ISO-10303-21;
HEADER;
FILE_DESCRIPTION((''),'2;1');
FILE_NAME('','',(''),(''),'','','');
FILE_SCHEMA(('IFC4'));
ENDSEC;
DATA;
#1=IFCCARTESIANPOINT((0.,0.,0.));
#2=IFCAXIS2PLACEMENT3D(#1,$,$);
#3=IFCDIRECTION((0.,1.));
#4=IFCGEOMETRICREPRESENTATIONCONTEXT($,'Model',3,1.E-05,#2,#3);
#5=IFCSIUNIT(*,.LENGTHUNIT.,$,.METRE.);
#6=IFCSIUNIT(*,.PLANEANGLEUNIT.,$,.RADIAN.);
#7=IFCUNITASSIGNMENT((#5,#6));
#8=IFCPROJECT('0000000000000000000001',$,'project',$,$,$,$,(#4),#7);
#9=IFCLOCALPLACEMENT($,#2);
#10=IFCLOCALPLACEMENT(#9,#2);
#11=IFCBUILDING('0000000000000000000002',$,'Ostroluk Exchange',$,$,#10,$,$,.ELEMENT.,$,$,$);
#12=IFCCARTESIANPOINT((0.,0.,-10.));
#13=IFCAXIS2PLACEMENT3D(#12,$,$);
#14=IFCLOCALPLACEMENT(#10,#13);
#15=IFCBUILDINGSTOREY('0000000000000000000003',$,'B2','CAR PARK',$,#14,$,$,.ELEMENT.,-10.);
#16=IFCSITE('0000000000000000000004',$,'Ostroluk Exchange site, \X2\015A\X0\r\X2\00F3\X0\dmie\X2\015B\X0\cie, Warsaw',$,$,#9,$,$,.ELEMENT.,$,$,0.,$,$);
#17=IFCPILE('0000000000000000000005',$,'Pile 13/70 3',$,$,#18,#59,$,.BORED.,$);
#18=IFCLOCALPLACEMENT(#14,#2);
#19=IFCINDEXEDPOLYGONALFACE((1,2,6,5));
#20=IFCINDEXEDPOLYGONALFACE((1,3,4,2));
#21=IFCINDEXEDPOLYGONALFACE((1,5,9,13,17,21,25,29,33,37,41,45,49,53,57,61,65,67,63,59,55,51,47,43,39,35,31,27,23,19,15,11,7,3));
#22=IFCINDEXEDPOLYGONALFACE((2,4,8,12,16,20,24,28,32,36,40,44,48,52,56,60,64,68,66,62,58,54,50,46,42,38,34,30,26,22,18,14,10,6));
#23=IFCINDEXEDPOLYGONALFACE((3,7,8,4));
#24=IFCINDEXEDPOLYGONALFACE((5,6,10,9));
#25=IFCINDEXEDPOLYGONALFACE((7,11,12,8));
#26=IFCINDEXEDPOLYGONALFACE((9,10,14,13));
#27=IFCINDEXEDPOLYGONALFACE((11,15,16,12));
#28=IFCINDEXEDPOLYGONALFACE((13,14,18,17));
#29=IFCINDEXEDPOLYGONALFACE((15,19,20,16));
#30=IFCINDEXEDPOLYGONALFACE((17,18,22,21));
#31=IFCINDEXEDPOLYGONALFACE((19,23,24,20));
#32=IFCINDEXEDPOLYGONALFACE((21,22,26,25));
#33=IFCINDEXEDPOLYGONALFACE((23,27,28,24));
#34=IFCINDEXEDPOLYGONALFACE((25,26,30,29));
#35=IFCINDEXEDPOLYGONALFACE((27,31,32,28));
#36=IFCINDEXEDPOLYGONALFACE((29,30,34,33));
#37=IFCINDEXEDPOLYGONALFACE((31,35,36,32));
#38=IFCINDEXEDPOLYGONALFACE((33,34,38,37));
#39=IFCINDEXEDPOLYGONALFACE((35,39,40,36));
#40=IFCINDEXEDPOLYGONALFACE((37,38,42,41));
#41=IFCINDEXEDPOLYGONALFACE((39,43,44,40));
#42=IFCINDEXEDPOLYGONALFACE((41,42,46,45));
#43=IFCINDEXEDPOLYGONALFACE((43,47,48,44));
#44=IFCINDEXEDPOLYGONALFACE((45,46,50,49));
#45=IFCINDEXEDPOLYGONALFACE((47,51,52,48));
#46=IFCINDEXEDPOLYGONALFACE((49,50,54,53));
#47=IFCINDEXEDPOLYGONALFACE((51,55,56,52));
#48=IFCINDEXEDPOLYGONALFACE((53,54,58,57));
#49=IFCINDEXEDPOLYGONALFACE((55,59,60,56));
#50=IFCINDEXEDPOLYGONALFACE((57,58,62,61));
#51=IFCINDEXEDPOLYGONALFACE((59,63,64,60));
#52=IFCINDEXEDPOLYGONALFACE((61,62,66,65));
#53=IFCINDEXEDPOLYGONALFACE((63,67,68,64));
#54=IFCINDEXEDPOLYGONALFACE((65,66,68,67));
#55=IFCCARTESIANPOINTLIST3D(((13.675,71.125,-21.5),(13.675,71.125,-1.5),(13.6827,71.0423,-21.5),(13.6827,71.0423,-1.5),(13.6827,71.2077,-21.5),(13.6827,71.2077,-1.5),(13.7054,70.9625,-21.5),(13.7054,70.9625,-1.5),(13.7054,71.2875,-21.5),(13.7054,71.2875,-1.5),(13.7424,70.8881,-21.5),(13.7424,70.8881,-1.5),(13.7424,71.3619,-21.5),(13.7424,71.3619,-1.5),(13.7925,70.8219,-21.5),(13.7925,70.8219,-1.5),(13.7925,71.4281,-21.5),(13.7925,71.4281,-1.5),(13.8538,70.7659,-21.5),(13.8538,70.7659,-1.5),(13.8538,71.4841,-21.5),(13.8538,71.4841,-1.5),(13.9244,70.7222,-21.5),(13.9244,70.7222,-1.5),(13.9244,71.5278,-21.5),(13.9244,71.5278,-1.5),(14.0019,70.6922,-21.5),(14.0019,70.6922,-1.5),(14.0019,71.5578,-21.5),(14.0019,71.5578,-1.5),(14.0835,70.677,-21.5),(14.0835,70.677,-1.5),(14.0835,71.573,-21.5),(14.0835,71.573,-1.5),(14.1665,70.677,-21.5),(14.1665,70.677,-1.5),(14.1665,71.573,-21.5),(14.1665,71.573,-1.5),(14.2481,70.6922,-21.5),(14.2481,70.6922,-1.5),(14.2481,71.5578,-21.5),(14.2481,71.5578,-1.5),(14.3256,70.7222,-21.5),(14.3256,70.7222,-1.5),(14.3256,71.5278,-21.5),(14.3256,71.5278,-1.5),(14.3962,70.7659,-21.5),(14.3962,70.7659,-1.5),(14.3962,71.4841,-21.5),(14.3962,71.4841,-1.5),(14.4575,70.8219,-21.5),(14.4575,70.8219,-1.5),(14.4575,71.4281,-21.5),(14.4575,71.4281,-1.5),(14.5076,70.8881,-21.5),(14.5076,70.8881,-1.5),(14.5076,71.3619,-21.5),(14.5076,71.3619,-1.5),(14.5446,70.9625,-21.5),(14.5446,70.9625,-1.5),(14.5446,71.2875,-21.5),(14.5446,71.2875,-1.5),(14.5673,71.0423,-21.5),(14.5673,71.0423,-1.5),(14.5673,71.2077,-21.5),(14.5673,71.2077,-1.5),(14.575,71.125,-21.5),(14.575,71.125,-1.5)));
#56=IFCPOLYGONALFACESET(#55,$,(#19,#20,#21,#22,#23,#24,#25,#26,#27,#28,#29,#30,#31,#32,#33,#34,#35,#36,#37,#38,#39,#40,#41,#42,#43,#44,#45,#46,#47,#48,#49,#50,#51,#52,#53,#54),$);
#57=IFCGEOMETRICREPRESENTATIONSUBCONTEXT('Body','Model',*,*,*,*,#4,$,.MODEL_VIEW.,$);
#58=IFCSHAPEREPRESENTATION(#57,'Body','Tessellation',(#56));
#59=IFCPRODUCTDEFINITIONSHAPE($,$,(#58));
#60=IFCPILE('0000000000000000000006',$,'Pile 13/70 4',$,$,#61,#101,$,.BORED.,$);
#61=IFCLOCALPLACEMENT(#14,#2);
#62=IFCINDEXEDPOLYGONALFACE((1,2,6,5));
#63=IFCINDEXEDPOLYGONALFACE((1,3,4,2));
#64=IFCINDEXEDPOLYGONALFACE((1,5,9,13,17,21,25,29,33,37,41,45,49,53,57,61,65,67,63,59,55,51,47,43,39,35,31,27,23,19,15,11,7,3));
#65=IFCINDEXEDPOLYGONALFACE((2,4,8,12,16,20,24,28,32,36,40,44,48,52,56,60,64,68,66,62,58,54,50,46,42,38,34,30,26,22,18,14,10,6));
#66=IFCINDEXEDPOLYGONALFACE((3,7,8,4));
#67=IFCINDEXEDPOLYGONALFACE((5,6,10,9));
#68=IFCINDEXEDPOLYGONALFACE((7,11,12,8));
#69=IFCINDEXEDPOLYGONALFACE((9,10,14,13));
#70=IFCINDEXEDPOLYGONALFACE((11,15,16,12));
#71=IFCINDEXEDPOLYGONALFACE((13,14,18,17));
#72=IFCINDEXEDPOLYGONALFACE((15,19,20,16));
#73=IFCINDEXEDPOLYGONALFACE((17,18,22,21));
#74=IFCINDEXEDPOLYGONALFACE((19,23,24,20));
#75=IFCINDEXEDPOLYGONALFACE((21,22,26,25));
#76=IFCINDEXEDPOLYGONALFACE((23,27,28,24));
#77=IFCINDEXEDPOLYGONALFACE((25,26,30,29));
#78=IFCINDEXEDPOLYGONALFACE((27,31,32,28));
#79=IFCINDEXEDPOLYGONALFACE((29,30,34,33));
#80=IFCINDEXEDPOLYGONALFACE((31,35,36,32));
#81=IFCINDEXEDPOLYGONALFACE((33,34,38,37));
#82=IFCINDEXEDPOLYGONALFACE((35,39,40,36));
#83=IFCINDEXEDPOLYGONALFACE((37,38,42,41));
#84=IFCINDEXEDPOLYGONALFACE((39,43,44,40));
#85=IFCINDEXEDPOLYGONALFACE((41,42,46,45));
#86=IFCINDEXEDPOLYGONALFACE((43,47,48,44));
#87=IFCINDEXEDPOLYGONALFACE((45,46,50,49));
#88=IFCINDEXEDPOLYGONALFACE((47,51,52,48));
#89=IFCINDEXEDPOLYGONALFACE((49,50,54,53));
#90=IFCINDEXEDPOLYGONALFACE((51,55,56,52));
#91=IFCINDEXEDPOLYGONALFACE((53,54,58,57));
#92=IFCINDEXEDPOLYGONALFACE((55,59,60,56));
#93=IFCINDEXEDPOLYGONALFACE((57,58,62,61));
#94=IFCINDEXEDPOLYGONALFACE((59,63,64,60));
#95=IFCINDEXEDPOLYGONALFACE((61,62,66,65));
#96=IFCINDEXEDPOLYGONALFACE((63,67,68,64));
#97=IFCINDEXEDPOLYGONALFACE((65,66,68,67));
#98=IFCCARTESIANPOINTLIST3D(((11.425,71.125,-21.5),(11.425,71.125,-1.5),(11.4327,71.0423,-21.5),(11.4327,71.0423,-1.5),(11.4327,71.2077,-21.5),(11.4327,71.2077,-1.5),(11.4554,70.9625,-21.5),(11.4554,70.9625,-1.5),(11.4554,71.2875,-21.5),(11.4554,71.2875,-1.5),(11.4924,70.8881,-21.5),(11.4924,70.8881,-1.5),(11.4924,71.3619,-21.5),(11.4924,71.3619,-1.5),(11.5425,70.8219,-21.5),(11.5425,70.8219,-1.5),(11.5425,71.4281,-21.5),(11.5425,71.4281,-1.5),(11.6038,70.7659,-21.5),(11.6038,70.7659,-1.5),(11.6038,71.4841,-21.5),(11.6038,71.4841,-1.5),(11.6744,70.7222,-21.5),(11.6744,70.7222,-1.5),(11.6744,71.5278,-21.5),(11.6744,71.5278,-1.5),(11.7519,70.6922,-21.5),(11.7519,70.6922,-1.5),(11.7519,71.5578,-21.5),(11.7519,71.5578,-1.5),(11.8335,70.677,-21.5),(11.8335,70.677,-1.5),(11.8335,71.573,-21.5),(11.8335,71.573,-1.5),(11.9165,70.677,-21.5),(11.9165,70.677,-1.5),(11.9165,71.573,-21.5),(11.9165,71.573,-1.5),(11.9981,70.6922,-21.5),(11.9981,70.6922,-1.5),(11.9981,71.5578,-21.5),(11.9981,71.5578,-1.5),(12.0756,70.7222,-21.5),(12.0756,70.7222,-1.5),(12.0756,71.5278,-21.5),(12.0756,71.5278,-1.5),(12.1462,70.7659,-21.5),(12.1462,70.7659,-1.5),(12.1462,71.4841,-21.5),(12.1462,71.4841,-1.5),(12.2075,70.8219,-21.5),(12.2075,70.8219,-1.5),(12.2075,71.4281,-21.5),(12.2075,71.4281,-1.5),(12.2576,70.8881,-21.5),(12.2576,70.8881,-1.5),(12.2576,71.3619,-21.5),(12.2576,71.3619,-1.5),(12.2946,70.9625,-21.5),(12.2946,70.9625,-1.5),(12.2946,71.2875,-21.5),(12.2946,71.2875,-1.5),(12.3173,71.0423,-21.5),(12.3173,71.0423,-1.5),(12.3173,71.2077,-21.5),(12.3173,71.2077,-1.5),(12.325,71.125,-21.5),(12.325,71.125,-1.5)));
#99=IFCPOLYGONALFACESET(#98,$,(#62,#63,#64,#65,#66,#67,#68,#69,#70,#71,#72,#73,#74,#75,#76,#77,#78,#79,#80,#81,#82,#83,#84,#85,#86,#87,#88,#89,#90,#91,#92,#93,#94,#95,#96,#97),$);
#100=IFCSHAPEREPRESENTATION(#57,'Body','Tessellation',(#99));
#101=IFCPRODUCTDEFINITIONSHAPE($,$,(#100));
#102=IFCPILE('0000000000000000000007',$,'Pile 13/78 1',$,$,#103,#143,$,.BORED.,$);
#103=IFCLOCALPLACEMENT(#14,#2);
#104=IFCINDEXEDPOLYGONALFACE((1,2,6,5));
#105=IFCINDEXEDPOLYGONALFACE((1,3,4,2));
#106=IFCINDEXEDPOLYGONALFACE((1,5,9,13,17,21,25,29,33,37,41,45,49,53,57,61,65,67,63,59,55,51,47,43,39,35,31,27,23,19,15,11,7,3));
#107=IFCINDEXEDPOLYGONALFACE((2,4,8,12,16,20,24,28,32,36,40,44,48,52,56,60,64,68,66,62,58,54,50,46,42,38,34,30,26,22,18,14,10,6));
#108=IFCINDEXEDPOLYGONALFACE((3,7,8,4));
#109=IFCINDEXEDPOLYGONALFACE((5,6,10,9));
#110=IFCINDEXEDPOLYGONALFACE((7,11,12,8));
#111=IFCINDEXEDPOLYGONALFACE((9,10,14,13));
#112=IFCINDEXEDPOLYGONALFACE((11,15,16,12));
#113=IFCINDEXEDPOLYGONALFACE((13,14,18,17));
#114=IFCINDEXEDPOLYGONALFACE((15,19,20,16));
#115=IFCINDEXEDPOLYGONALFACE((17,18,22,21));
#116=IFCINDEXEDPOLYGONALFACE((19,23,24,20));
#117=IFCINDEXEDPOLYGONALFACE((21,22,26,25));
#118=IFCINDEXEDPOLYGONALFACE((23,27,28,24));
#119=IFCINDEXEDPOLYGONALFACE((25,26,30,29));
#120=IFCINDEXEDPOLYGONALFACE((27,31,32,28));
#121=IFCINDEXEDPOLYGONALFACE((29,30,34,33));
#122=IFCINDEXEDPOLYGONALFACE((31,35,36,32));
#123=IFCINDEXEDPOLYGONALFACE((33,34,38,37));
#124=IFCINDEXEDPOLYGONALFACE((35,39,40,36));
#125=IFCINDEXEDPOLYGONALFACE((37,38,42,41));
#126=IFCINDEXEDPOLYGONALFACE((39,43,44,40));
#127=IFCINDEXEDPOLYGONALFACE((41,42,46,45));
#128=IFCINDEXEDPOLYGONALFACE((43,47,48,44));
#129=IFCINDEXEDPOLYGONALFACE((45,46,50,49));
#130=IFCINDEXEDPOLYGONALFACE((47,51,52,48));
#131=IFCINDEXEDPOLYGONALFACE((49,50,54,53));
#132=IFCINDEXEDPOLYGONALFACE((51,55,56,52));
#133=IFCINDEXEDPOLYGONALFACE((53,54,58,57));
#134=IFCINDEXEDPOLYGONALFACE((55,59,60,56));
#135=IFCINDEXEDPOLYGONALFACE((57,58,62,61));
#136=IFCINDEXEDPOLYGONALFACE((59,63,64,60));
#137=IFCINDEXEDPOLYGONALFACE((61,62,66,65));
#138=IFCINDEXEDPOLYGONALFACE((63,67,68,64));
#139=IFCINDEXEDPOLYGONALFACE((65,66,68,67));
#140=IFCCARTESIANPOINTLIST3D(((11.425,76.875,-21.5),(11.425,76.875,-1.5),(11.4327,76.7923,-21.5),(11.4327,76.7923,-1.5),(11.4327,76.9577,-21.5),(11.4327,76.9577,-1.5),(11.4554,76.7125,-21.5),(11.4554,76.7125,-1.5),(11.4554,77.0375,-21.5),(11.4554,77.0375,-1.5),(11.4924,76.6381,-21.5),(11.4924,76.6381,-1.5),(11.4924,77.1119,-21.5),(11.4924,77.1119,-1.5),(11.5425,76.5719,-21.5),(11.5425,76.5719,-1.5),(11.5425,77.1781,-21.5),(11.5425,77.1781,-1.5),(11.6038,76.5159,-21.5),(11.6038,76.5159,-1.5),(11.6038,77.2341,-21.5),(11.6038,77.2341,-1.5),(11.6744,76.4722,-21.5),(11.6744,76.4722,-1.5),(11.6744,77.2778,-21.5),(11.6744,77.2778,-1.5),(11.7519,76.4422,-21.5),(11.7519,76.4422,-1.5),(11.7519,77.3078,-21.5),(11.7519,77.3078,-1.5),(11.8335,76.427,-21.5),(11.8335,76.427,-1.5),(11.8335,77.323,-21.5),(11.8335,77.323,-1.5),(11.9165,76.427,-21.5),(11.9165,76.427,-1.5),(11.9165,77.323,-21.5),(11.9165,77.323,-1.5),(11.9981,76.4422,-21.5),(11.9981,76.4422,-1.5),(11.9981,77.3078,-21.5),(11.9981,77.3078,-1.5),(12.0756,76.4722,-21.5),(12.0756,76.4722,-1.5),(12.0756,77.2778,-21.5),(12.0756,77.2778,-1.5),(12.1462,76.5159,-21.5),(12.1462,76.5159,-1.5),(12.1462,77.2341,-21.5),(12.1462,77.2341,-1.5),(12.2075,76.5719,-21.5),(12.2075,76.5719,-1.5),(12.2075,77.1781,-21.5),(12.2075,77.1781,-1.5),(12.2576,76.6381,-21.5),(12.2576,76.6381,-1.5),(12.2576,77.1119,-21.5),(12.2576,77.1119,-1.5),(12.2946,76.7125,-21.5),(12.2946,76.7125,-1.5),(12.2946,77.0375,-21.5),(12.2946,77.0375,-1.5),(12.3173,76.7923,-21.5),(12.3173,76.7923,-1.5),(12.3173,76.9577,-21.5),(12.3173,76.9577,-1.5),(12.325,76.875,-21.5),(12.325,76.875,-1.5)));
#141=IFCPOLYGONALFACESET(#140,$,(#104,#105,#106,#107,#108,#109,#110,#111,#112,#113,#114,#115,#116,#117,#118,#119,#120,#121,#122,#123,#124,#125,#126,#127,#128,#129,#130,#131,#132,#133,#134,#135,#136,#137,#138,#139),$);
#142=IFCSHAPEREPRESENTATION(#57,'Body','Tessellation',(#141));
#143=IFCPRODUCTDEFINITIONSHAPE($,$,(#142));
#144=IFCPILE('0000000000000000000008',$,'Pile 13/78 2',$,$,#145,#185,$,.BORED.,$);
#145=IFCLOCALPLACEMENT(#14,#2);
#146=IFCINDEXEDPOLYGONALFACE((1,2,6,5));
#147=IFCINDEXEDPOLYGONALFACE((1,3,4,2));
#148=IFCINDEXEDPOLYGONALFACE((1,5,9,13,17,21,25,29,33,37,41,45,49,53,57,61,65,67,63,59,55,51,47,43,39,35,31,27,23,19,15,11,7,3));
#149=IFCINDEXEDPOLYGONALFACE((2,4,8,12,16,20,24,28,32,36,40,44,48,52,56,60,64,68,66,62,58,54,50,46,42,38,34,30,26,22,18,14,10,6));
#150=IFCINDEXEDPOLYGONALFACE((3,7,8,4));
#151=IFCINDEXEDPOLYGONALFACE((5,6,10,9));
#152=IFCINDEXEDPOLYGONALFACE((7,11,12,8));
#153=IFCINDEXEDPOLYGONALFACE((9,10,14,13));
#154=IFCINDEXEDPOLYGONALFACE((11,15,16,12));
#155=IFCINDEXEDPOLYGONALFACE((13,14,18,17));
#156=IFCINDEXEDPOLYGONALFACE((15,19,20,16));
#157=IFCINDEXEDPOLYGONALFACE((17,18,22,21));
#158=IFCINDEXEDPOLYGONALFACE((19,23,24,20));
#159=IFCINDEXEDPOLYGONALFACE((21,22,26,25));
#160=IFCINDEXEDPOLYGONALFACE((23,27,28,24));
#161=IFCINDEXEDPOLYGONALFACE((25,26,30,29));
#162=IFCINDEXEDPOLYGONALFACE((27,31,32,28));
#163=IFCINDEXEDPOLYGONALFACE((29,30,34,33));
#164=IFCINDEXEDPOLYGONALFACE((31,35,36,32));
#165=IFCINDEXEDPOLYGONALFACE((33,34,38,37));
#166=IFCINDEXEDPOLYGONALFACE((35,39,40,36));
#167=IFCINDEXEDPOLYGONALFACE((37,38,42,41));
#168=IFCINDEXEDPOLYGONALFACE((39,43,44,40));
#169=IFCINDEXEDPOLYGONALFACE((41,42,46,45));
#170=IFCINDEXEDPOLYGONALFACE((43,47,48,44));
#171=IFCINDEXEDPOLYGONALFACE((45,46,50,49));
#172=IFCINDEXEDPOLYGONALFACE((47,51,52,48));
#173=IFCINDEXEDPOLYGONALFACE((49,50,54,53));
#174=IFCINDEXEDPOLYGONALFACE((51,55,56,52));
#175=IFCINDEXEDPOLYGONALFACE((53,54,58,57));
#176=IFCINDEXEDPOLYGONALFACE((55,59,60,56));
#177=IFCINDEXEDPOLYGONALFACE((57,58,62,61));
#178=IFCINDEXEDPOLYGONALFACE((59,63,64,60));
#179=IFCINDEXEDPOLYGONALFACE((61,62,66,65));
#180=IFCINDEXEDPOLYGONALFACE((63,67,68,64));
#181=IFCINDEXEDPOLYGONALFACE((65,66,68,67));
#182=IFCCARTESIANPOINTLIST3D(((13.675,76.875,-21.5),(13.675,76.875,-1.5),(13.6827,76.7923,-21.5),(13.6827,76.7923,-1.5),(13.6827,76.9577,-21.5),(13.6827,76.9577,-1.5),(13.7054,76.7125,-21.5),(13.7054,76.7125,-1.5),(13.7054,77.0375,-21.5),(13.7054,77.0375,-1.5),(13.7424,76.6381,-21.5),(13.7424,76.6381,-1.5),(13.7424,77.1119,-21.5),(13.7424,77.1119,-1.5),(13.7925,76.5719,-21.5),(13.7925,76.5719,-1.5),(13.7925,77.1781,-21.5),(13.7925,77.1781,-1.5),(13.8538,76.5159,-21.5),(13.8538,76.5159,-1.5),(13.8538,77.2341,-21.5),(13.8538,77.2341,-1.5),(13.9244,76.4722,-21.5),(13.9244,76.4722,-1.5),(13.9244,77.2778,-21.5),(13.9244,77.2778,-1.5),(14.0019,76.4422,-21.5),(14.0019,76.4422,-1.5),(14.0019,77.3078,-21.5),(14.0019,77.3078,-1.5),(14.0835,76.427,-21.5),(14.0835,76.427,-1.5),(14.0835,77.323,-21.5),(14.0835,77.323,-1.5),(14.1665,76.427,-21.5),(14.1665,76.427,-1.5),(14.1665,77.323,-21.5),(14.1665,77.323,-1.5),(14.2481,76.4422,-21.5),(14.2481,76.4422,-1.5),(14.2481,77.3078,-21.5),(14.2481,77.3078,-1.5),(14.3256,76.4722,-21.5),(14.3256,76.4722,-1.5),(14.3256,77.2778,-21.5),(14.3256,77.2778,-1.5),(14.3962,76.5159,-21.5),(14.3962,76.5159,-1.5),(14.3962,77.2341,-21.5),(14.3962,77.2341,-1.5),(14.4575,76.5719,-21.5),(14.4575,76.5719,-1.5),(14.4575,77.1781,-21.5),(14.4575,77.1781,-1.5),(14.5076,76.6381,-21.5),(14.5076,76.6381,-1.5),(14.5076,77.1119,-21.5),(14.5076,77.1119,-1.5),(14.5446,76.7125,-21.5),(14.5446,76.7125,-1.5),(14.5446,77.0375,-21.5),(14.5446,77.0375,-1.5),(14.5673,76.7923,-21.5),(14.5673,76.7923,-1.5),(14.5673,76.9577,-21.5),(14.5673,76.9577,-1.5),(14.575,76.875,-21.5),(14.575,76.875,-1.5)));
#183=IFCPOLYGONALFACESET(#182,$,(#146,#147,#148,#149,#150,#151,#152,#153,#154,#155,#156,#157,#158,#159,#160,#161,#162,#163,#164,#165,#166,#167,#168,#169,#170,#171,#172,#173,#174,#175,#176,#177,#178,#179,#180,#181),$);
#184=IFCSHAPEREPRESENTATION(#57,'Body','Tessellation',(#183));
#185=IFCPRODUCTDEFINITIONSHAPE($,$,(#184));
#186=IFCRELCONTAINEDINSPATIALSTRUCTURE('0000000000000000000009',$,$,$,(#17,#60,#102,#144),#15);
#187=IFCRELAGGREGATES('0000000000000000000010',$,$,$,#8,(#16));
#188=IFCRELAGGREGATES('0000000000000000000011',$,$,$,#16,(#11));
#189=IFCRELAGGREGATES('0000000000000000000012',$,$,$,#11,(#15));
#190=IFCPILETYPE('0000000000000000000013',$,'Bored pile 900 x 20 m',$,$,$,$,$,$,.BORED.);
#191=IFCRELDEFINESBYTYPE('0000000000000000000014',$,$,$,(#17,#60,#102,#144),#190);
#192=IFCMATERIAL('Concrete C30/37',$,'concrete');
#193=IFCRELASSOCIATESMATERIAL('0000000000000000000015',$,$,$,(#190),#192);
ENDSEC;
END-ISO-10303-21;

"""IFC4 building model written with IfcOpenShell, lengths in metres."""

from ifc_helpers import new_model, si_unit, direction, frame, origin, origin_2d, place, context, subcontext, project, spatial, circle, extrude, material, type_object, element, save


model = new_model("IFC4")

# Units and contexts
model_context = context("Model", 3, precision=1e-05, world=origin(), true_north=direction((0.0, 1.0)))
body_context = subcontext(model_context, "Body", "Model", "MODEL_VIEW")
ifc_project = project(units=[si_unit("LENGTHUNIT", "METRE"), si_unit("PLANEANGLEUNIT", "RADIAN")], contexts=[model_context])

# Site, building, storey
site_placement = place(None, origin())
site = spatial("IfcSite", under=ifc_project, at=site_placement, Name="Ostroluk Exchange site, Śródmieście, Warsaw", CompositionType="ELEMENT", RefElevation=0.0)
building_placement = place(site_placement, origin())
building = spatial("IfcBuilding", under=site, at=building_placement, Name="Ostroluk Exchange", CompositionType="ELEMENT")
storey_placement = place(building_placement, frame((0.0, 0.0, -10.0)))
storey = spatial("IfcBuildingStorey", under=building, at=storey_placement, Name="B2", Description="CAR PARK", CompositionType="ELEMENT", Elevation=-10.0)

# Piles
ifc_material_1 = material(Name="Concrete C30/37", Category="concrete")
pile_type_1 = type_object("IfcPileType", Name="Bored pile 900 x 20 m", PredefinedType="BORED", material=ifc_material_1)
for number, where, z_axis, x_axis, name in (
    (1, (14.125, 71.125, -1.5), (0.0, 0.0, -1.0), (1.0, 0.0, 0.0), "Pile 13/70 3"),
    (2, (11.875, 71.125, -1.5), (0.0, 0.0, -1.0), (1.0, 0.0, 0.0), "Pile 13/70 4"),
    (3, (11.875, 76.875, -1.5), (0.0, 0.0, -1.0), (1.0, 0.0, 0.0), "Pile 13/78 1"),
    (4, (14.125, 76.875, -1.5), (0.0, 0.0, -1.0), (1.0, 0.0, 0.0), "Pile 13/78 2"),
):
    element("IfcPile", number, at=place(storey_placement, frame(where, z_axis=z_axis, x_axis=x_axis)), inside=storey, type_object=pile_type_1, Name=name, PredefinedType="BORED", context=body_context, shape_type="SweptSolid", body=[
        extrude(circle(Radius=0.45, at=origin_2d()), origin(), (0.0, 0.0, 1.0), 20.0),
    ])

save(model, "model.ifc")
